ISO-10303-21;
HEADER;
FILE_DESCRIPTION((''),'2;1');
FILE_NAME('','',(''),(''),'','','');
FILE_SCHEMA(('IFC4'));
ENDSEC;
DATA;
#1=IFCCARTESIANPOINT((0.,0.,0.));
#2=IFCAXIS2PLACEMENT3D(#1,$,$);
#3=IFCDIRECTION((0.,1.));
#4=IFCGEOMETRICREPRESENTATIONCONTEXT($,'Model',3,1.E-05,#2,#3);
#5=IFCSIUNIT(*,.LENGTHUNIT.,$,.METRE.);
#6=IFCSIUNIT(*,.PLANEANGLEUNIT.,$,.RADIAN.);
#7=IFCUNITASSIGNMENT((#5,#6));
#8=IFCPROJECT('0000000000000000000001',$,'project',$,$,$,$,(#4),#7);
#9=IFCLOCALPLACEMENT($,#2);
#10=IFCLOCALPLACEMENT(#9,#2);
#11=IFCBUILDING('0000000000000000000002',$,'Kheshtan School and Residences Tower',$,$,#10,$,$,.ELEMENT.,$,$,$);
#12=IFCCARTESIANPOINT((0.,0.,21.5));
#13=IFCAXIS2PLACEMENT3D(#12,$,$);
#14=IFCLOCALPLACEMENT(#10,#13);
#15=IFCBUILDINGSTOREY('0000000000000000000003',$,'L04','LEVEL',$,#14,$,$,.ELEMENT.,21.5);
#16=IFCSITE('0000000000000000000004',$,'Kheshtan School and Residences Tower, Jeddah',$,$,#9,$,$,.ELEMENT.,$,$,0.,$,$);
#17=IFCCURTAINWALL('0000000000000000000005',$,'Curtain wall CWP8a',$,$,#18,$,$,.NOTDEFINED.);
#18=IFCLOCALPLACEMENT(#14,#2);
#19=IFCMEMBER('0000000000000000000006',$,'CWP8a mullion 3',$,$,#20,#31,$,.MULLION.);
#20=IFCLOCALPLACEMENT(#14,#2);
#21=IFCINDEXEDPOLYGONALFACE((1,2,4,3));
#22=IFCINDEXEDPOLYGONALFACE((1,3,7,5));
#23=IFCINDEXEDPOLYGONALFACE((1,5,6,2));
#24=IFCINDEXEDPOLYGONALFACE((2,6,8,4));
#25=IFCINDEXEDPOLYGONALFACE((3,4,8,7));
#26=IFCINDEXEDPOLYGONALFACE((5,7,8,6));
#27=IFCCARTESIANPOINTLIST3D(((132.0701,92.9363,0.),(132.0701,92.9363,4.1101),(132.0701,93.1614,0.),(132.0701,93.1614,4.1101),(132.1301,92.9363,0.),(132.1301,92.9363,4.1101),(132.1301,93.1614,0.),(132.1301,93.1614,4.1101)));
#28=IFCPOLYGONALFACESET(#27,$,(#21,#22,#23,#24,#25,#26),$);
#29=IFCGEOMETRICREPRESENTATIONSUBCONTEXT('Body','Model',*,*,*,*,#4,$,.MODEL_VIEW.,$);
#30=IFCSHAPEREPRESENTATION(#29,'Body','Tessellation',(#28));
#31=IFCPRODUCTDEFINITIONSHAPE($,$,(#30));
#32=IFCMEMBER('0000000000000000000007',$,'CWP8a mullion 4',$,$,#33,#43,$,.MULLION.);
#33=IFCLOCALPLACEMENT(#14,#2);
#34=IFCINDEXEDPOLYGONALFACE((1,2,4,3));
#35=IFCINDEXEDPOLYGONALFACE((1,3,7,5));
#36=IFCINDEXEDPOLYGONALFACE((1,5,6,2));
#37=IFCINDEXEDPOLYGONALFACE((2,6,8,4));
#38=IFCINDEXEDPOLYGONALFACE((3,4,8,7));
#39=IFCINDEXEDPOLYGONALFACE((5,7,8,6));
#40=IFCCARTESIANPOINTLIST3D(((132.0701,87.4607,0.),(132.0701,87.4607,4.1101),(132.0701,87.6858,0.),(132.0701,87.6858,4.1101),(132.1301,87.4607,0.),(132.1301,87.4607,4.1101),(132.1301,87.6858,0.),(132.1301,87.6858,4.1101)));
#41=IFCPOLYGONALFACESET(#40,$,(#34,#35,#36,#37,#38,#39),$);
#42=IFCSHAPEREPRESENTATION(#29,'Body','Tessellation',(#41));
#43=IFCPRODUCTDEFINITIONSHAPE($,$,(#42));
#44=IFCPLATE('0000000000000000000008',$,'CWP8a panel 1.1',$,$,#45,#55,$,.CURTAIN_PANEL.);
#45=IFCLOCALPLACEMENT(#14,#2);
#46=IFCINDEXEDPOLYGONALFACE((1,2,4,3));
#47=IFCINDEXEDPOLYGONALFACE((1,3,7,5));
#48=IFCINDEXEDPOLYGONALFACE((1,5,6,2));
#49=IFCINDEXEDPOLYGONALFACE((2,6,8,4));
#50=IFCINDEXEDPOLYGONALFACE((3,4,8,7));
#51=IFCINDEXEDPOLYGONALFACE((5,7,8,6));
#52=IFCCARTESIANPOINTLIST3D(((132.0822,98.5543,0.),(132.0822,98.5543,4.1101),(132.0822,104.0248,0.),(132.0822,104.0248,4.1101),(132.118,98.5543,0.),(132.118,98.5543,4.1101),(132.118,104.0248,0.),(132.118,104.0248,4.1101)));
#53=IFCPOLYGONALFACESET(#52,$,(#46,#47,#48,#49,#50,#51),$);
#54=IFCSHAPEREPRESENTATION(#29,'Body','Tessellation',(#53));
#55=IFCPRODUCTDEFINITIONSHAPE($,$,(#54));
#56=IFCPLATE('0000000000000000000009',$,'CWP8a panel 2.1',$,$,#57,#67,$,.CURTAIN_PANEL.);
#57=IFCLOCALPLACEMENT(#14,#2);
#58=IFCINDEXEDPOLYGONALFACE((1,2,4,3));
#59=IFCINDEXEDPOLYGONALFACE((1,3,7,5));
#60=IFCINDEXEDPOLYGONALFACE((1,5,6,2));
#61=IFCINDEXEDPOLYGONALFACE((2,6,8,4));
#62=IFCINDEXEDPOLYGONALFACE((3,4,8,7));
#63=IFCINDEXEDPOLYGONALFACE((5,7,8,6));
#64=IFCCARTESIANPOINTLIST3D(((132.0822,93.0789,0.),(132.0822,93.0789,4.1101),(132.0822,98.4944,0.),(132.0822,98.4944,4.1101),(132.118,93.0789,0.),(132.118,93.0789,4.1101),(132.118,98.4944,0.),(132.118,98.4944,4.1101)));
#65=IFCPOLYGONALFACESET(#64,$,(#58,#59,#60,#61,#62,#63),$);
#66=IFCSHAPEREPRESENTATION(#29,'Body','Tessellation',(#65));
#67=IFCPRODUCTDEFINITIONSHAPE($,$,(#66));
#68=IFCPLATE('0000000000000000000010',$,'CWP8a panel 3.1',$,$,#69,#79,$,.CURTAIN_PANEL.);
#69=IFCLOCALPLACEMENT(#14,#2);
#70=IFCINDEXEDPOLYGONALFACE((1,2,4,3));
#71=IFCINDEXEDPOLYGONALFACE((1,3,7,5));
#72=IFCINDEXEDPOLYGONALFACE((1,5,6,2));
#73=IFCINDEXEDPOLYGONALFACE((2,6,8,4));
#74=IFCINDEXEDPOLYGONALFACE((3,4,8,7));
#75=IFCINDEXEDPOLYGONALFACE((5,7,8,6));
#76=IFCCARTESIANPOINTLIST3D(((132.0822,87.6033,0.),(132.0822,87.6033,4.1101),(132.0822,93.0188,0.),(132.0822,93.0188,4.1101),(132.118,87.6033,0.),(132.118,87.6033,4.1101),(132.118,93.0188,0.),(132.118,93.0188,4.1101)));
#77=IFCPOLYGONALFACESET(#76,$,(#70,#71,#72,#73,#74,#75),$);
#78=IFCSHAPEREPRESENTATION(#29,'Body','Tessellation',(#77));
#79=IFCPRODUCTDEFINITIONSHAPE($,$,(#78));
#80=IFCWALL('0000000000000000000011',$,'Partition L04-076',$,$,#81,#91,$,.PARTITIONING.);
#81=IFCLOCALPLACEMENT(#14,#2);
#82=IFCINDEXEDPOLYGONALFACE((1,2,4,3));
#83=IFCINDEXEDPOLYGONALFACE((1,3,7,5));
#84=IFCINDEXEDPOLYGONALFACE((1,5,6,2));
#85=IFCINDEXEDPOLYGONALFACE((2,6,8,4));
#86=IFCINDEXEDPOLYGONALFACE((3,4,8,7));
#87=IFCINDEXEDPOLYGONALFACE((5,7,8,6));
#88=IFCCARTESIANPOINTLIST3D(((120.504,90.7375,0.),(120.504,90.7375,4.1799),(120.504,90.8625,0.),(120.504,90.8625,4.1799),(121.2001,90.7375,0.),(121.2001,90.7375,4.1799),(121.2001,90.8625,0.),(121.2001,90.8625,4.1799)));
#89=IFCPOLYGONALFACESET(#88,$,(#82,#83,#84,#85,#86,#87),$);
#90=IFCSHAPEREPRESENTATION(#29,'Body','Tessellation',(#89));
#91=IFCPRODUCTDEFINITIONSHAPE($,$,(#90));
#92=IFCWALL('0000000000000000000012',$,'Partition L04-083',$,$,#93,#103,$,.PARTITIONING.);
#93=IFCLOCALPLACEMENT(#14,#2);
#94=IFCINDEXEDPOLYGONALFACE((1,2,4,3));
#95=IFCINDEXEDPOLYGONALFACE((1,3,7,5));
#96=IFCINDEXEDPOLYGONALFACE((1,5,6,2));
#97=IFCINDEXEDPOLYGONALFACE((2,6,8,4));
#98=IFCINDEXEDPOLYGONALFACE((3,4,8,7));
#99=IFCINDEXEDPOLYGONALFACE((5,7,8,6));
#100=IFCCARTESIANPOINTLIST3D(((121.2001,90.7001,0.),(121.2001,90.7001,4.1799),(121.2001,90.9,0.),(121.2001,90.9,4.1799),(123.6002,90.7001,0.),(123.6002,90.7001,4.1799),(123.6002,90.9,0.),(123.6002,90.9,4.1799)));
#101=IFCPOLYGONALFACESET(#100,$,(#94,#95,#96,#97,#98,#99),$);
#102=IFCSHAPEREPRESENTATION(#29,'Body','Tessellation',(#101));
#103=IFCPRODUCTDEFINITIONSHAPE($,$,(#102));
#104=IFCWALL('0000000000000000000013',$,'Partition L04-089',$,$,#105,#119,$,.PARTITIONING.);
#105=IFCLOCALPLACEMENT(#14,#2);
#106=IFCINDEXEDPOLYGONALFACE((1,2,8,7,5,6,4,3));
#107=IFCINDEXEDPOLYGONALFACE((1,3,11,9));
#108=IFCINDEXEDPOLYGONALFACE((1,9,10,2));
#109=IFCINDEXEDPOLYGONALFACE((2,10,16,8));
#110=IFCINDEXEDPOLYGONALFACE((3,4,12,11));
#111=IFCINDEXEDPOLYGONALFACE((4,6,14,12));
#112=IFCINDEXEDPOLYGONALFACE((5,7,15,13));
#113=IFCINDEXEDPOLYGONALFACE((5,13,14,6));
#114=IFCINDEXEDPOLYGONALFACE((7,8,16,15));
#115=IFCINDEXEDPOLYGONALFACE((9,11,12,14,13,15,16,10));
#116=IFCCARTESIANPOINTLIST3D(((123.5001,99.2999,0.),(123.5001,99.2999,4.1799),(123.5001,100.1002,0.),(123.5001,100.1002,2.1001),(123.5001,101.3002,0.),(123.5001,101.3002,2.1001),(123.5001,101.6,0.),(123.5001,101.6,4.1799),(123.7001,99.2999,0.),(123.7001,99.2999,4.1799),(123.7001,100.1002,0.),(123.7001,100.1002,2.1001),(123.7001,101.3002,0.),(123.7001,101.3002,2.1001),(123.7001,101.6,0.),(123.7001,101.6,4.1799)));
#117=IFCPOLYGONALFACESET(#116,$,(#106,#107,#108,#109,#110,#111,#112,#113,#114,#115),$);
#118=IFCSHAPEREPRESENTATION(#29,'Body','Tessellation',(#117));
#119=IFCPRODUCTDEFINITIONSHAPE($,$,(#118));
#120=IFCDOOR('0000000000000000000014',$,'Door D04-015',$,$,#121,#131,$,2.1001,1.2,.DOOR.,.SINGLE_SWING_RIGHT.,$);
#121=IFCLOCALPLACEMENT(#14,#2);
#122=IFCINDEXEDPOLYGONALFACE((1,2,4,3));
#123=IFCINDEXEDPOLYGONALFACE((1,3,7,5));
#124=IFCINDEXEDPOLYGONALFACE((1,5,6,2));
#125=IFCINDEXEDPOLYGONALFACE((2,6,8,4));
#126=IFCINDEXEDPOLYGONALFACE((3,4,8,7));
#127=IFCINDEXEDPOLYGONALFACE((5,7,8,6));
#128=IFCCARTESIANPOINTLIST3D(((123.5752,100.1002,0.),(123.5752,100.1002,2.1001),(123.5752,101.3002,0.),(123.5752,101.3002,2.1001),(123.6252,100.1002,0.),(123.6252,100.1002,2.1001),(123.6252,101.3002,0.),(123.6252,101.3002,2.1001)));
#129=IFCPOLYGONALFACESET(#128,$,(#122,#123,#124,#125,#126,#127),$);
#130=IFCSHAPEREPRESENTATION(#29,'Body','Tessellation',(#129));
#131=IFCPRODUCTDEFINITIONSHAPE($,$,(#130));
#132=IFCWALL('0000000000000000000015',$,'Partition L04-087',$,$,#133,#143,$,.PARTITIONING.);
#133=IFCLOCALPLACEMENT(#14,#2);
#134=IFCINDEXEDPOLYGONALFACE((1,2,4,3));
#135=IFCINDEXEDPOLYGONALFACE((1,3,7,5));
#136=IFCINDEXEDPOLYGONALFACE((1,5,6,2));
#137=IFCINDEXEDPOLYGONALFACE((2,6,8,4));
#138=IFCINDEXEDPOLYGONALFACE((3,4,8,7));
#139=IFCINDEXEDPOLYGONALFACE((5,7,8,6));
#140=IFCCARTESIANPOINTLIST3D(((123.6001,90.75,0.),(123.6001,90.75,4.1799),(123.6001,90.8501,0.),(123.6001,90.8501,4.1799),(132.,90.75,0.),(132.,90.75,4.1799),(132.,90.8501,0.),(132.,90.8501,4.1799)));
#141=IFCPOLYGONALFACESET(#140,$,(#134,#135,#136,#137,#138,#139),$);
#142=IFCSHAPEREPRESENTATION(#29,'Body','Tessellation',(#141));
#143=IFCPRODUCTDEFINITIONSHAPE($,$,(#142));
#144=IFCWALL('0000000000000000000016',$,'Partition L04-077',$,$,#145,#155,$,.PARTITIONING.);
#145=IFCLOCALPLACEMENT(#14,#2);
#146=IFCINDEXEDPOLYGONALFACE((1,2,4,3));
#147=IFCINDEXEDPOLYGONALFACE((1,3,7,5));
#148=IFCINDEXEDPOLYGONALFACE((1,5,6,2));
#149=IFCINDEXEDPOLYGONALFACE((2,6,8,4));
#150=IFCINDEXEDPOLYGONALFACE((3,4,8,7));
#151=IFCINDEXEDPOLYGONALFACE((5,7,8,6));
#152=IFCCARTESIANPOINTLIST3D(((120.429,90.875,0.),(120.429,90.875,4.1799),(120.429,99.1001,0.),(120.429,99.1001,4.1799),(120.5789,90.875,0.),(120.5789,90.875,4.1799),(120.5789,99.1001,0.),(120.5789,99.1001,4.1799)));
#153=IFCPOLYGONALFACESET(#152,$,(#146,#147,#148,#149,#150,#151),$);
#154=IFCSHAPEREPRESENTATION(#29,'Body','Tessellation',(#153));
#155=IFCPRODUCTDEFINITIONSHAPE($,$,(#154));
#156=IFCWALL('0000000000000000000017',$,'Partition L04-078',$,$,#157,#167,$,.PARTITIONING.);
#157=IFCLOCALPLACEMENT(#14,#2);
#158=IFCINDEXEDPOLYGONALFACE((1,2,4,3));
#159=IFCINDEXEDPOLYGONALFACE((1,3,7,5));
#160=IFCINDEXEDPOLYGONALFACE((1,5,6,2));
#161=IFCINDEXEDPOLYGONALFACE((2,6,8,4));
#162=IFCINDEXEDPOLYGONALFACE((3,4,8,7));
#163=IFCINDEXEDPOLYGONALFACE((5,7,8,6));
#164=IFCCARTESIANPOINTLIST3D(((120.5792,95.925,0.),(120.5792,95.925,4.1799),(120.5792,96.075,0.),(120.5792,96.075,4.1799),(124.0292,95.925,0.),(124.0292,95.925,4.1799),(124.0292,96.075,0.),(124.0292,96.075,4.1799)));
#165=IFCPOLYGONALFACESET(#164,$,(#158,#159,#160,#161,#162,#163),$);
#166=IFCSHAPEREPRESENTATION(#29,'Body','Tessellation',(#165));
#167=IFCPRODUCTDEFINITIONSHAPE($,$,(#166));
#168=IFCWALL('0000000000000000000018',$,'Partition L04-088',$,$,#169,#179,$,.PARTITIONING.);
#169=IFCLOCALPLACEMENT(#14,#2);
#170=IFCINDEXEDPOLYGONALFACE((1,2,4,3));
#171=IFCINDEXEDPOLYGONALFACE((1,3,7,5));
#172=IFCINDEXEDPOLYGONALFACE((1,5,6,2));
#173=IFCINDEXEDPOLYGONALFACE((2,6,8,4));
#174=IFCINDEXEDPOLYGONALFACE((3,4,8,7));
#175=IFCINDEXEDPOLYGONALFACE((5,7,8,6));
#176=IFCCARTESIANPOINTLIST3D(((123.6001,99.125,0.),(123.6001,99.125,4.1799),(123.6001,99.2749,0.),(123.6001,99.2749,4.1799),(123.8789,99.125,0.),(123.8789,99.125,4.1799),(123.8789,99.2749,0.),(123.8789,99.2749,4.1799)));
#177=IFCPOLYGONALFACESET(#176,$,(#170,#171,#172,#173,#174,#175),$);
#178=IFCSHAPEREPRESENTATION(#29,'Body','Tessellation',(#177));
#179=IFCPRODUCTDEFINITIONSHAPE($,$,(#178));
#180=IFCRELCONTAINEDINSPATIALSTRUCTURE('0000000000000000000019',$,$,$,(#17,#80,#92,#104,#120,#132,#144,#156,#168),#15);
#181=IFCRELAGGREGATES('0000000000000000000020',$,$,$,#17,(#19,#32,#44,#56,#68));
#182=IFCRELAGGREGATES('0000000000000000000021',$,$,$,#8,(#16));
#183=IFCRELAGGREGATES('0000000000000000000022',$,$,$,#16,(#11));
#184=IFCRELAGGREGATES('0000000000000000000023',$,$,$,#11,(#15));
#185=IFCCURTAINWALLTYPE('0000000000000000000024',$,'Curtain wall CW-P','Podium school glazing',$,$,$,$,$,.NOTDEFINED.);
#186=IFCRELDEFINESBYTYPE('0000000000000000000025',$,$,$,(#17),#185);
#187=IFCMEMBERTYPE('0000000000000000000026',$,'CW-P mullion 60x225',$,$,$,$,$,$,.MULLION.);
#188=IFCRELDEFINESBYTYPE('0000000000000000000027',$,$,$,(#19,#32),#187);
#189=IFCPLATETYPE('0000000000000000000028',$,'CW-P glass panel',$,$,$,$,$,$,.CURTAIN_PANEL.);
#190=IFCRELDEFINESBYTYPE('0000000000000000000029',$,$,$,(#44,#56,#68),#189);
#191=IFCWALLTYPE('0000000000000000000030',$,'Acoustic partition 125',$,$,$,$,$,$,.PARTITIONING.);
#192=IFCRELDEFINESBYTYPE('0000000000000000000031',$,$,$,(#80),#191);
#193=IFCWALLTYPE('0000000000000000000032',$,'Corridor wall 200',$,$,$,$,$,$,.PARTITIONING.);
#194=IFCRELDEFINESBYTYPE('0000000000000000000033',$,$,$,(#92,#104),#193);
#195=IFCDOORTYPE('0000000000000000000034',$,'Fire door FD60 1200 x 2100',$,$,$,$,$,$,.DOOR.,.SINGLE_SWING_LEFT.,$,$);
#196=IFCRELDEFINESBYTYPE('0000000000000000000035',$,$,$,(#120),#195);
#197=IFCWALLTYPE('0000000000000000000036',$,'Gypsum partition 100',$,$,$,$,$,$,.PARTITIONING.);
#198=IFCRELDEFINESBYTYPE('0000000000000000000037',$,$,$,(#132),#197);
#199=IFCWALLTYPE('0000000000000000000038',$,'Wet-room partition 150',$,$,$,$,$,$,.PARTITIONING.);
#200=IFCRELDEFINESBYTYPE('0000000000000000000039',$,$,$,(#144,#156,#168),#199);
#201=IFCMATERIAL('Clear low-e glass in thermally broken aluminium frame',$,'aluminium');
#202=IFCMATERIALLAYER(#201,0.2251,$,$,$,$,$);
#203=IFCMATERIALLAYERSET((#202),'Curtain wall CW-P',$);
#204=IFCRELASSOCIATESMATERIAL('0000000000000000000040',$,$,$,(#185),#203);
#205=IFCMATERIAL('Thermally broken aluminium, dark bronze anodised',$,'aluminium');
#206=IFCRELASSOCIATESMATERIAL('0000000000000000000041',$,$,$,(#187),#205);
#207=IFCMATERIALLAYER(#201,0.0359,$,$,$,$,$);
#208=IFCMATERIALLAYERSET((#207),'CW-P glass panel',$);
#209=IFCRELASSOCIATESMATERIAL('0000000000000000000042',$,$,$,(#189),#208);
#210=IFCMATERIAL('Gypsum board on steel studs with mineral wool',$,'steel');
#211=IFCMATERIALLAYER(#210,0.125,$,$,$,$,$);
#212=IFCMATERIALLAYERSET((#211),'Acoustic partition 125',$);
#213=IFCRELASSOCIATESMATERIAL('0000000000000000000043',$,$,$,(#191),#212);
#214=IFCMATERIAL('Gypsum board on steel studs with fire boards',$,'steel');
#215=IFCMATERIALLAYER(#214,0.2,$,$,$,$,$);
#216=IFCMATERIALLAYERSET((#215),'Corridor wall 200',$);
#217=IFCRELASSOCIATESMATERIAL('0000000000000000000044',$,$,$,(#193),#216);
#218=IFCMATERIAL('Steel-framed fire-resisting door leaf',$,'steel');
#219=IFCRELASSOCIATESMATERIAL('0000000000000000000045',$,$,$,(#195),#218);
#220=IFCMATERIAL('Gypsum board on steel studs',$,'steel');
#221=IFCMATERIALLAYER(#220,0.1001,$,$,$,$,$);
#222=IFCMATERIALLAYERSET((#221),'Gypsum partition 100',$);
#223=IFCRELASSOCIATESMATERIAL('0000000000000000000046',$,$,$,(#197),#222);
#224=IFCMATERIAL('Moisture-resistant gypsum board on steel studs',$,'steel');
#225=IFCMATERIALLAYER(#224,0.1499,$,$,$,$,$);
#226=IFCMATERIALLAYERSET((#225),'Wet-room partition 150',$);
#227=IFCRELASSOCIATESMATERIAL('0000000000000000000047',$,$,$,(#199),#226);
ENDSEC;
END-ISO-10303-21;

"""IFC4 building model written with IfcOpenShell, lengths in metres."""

from ifc_helpers import new_model, si_unit, direction, frame, frame_2d, origin, origin_2d, place, context, subcontext, project, spatial, rectangle, extrude, source, transform, mapped, material, layer, layer_set, material_profile, profile_set, type_object, element, fill, aggregate, save


model = new_model("IFC4")

# Units and contexts
model_context = context("Model", 3, precision=1e-05, world=origin(), true_north=direction((0.0, 1.0)))
body_context = subcontext(model_context, "Body", "Model", "MODEL_VIEW")
ifc_project = project(units=[si_unit("LENGTHUNIT", "METRE"), si_unit("PLANEANGLEUNIT", "RADIAN")], contexts=[model_context])

# Site, building, storey
site_placement = place(None, origin())
site = spatial("IfcSite", under=ifc_project, at=site_placement, Name="Kheshtan School and Residences Tower, Jeddah", CompositionType="ELEMENT", RefElevation=0.0)
building_placement = place(site_placement, origin())
building = spatial("IfcBuilding", under=site, at=building_placement, Name="Kheshtan School and Residences Tower", CompositionType="ELEMENT")
storey_placement = place(building_placement, frame((0.0, 0.0, 21.5)))
storey = spatial("IfcBuildingStorey", under=building, at=storey_placement, Name="L04", Description="LEVEL", CompositionType="ELEMENT", Elevation=21.5)

# Curtain wall, members, plates
ifc_material_1 = material(Name="Clear low-e glass in thermally broken aluminium frame", Category="aluminium")
ifc_layer_1 = layer(ifc_material_1, 0.2251)
ifc_layer_set_1 = layer_set([ifc_layer_1], Name="Curtain wall CW-P")
curtain_wall_type = type_object("IfcCurtainWallType", Name="Curtain wall CW-P", Description="Podium school glazing", PredefinedType="NOTDEFINED", material=ifc_layer_set_1)
curtain_wall_placement = place(storey_placement, origin())
curtain_wall = element("IfcCurtainWall", 1, at=curtain_wall_placement, inside=storey, type_object=curtain_wall_type, Name="Curtain wall CWP8a", PredefinedType="NOTDEFINED")
ifc_material_2 = material(Name="Thermally broken aluminium, dark bronze anodised", Category="aluminium")
ifc_material_profile_1 = material_profile(ifc_material_2, rectangle(XDim=0.0601, YDim=0.2251, at=origin_2d()), Name="CW-P mullion 60x225")
ifc_profile_set_1 = profile_set([ifc_material_profile_1], Name="Thermally broken aluminium, dark bronze anodised")
member_type = type_object("IfcMemberType", Name="CW-P mullion 60x225", PredefinedType="MULLION", material=ifc_profile_set_1)
member_1_placement = place(storey_placement, frame((132.1001, 93.0488, 0.0), z_axis=(0.0, 0.0, 1.0), x_axis=(1.0, 0.0, 0.0)))
member_1 = element("IfcMember", 2, at=member_1_placement, type_object=member_type, Name="CWP8a mullion 3", PredefinedType="MULLION", context=body_context, shape_type="SweptSolid", body=[
    extrude(rectangle(XDim=0.0601, YDim=0.2251, at=origin_2d()), origin(), (0.0, 0.0, 1.0), 4.1101),
])
member_2_placement = place(storey_placement, frame((132.1001, 87.5732, 0.0), z_axis=(0.0, 0.0, 1.0), x_axis=(1.0, 0.0, 0.0)))
member_2 = element("IfcMember", 3, at=member_2_placement, type_object=member_type, Name="CWP8a mullion 4", PredefinedType="MULLION", context=body_context, shape_type="SweptSolid", body=[
    extrude(rectangle(XDim=0.0601, YDim=0.2251, at=origin_2d()), origin(), (0.0, 0.0, 1.0), 4.1101),
])
ifc_layer_2 = layer(ifc_material_1, 0.0359)
ifc_layer_set_2 = layer_set([ifc_layer_2], Name="CW-P glass panel")
plate_type = type_object("IfcPlateType", Name="CW-P glass panel", PredefinedType="CURTAIN_PANEL", material=ifc_layer_set_2)
plate_1_placement = place(storey_placement, frame((132.1001, 101.2896, 0.0), z_axis=(0.0, 0.0, 1.0), x_axis=(0.0, -1.0, 0.0)))
plate_1 = element("IfcPlate", 4, at=plate_1_placement, type_object=plate_type, Name="CWP8a panel 1.1", PredefinedType="CURTAIN_PANEL", context=body_context, shape_type="SweptSolid", body=[
    extrude(rectangle(XDim=5.4705, YDim=0.0359, at=origin_2d()), origin(), (0.0, 0.0, 1.0), 4.1101),
])
plate_2_placement = place(storey_placement, frame((132.1001, 95.7866, 0.0), z_axis=(0.0, 0.0, 1.0), x_axis=(0.0, -1.0, 0.0)))
plate_2 = element("IfcPlate", 5, at=plate_2_placement, type_object=plate_type, Name="CWP8a panel 2.1", PredefinedType="CURTAIN_PANEL", context=body_context, shape_type="SweptSolid", body=[
    extrude(rectangle(XDim=5.4155, YDim=0.0359, at=origin_2d()), origin(), (0.0, 0.0, 1.0), 4.1101),
])
plate_3_placement = place(storey_placement, frame((132.1001, 90.311, 0.0), z_axis=(0.0, 0.0, 1.0), x_axis=(0.0, -1.0, 0.0)))
plate_3 = element("IfcPlate", 6, at=plate_3_placement, type_object=plate_type, Name="CWP8a panel 3.1", PredefinedType="CURTAIN_PANEL", context=body_context, shape_type="SweptSolid", body=[
    extrude(rectangle(XDim=5.4155, YDim=0.0359, at=origin_2d()), origin(), (0.0, 0.0, 1.0), 4.1101),
])
aggregate(curtain_wall, [member_1, member_2, plate_1, plate_2, plate_3])

# Walls
ifc_material_3 = material(Name="Gypsum board on steel studs with mineral wool", Category="steel")
ifc_layer_3 = layer(ifc_material_3, 0.125)
ifc_layer_set_3 = layer_set([ifc_layer_3], Name="Acoustic partition 125")
wall_type_1 = type_object("IfcWallType", Name="Acoustic partition 125", PredefinedType="PARTITIONING", material=ifc_layer_set_3)
wall_1_placement = place(storey_placement, frame((120.5039, 90.8, 0.0), z_axis=(0.0, 0.0, 1.0), x_axis=(1.0, 0.0, 0.0)))
element("IfcWall", 7, at=wall_1_placement, inside=storey, type_object=wall_type_1, Name="Partition L04-076", PredefinedType="PARTITIONING", context=body_context, shape_type="SweptSolid", body=[
    extrude(rectangle(XDim=0.696, YDim=0.125, at=frame_2d((0.3481, 0.0))), origin(), (0.0, 0.0, 1.0), 4.1799),
])
ifc_material_4 = material(Name="Gypsum board on steel studs with fire boards", Category="steel")
ifc_layer_4 = layer(ifc_material_4, 0.2)
ifc_layer_set_4 = layer_set([ifc_layer_4], Name="Corridor wall 200")
wall_type_2 = type_object("IfcWallType", Name="Corridor wall 200", PredefinedType="PARTITIONING", material=ifc_layer_set_4)
wall_2_placement = place(storey_placement, frame((121.2, 90.8, 0.0), z_axis=(0.0, 0.0, 1.0), x_axis=(1.0, 0.0, 0.0)))
element("IfcWall", 8, at=wall_2_placement, inside=storey, type_object=wall_type_2, Name="Partition L04-083", PredefinedType="PARTITIONING", context=body_context, shape_type="SweptSolid", body=[
    extrude(rectangle(XDim=2.4001, YDim=0.2, at=frame_2d((1.2002, 0.0))), origin(), (0.0, 0.0, 1.0), 4.1799),
])

# Wall, opening, door
wall_3_placement = place(storey_placement, frame((123.6001, 99.3, 0.0), z_axis=(0.0, 0.0, 1.0), x_axis=(0.0, 1.0, 0.0)))
wall_3 = element("IfcWall", 9, at=wall_3_placement, inside=storey, type_object=wall_type_2, Name="Partition L04-089", PredefinedType="PARTITIONING", context=body_context, shape_type="SweptSolid", body=[
    extrude(rectangle(XDim=2.3, YDim=0.2, at=frame_2d((1.1499, 0.0))), origin(), (0.0, 0.0, 1.0), 4.1799),
])
opening_placement = place(wall_3_placement, frame((0.8, 0.0, 0.0)))
opening = element("IfcOpeningElement", 10, at=opening_placement, cuts=wall_3, PredefinedType="OPENING", context=body_context, shape_type="SweptSolid", body=[
    extrude(rectangle(XDim=1.2, YDim=2.1001, at=frame_2d((0.6001, 1.05))), frame((0.0, 0.1099, 0.0), z_axis=(0.0, -1.0, 0.0), x_axis=(1.0, 0.0, 0.0)), (0.0, 0.0, 1.0), 0.22),
])
ifc_material_5 = material(Name="Steel-framed fire-resisting door leaf", Category="steel")
door_type = type_object("IfcDoorType", Name="Fire door FD60 1200 x 2100", OperationType="SINGLE_SWING_LEFT", PredefinedType="DOOR", material=ifc_material_5)
shared_shape = source(origin(), body_context, "Body", "SweptSolid", [
    extrude(rectangle(XDim=1.2, YDim=2.1001, at=frame_2d((0.6001, 1.05))), frame((0.0, 0.0249, 0.0), z_axis=(0.0, -1.0, 0.0), x_axis=(1.0, 0.0, 0.0)), (0.0, 0.0, 1.0), 0.05),
])
door_placement = place(opening_placement, origin())
door = element("IfcDoor", 11, at=door_placement, inside=storey, type_object=door_type, Name="Door D04-015", OperationType="SINGLE_SWING_RIGHT", OverallHeight=2.1001, OverallWidth=1.2, PredefinedType="DOOR", context=body_context, shape_type="MappedRepresentation", body=[
    mapped(shared_shape, transform((0.0, 0.0, 0.0), x_axis=(1.0, 0.0, 0.0), y_axis=(0.0, 1.0, 0.0), z_axis=(0.0, 0.0, 1.0), scale=1.0)),
])
fill(opening, door)

# Walls
ifc_material_6 = material(Name="Gypsum board on steel studs", Category="steel")
ifc_layer_5 = layer(ifc_material_6, 0.1001)
ifc_layer_set_5 = layer_set([ifc_layer_5], Name="Gypsum partition 100")
wall_type_3 = type_object("IfcWallType", Name="Gypsum partition 100", PredefinedType="PARTITIONING", material=ifc_layer_set_5)
wall_4_placement = place(storey_placement, frame((123.6001, 90.8, 0.0), z_axis=(0.0, 0.0, 1.0), x_axis=(1.0, 0.0, 0.0)))
element("IfcWall", 12, at=wall_4_placement, inside=storey, type_object=wall_type_3, Name="Partition L04-087", PredefinedType="PARTITIONING", context=body_context, shape_type="SweptSolid", body=[
    extrude(rectangle(XDim=8.3999, YDim=0.1001, at=frame_2d((4.2, 0.0))), origin(), (0.0, 0.0, 1.0), 4.1799),
])
ifc_material_7 = material(Name="Moisture-resistant gypsum board on steel studs", Category="steel")
ifc_layer_6 = layer(ifc_material_7, 0.1499)
ifc_layer_set_6 = layer_set([ifc_layer_6], Name="Wet-room partition 150")
wall_type_4 = type_object("IfcWallType", Name="Wet-room partition 150", PredefinedType="PARTITIONING", material=ifc_layer_set_6)
wall_5_placement = place(storey_placement, frame((120.5039, 90.875, 0.0), z_axis=(0.0, 0.0, 1.0), x_axis=(0.0, 1.0, 0.0)))
element("IfcWall", 13, at=wall_5_placement, inside=storey, type_object=wall_type_4, Name="Partition L04-077", PredefinedType="PARTITIONING", context=body_context, shape_type="SweptSolid", body=[
    extrude(rectangle(XDim=8.2251, YDim=0.1499, at=frame_2d((4.1125, 0.0))), origin(), (0.0, 0.0, 1.0), 4.1799),
])
wall_6_placement = place(storey_placement, frame((120.5791, 96.0, 0.0), z_axis=(0.0, 0.0, 1.0), x_axis=(1.0, 0.0, 0.0)))
element("IfcWall", 14, at=wall_6_placement, inside=storey, type_object=wall_type_4, Name="Partition L04-078", PredefinedType="PARTITIONING", context=body_context, shape_type="SweptSolid", body=[
    extrude(rectangle(XDim=3.45, YDim=0.1499, at=frame_2d((1.7251, 0.0))), origin(), (0.0, 0.0, 1.0), 4.1799),
])
wall_7_placement = place(storey_placement, frame((123.6001, 99.2, 0.0), z_axis=(0.0, 0.0, 1.0), x_axis=(1.0, 0.0, 0.0)))
element("IfcWall", 15, at=wall_7_placement, inside=storey, type_object=wall_type_4, Name="Partition L04-088", PredefinedType="PARTITIONING", context=body_context, shape_type="SweptSolid", body=[
    extrude(rectangle(XDim=0.2788, YDim=0.1499, at=frame_2d((0.1394, 0.0))), origin(), (0.0, 0.0, 1.0), 4.1799),
])

save(model, "model.ifc")
